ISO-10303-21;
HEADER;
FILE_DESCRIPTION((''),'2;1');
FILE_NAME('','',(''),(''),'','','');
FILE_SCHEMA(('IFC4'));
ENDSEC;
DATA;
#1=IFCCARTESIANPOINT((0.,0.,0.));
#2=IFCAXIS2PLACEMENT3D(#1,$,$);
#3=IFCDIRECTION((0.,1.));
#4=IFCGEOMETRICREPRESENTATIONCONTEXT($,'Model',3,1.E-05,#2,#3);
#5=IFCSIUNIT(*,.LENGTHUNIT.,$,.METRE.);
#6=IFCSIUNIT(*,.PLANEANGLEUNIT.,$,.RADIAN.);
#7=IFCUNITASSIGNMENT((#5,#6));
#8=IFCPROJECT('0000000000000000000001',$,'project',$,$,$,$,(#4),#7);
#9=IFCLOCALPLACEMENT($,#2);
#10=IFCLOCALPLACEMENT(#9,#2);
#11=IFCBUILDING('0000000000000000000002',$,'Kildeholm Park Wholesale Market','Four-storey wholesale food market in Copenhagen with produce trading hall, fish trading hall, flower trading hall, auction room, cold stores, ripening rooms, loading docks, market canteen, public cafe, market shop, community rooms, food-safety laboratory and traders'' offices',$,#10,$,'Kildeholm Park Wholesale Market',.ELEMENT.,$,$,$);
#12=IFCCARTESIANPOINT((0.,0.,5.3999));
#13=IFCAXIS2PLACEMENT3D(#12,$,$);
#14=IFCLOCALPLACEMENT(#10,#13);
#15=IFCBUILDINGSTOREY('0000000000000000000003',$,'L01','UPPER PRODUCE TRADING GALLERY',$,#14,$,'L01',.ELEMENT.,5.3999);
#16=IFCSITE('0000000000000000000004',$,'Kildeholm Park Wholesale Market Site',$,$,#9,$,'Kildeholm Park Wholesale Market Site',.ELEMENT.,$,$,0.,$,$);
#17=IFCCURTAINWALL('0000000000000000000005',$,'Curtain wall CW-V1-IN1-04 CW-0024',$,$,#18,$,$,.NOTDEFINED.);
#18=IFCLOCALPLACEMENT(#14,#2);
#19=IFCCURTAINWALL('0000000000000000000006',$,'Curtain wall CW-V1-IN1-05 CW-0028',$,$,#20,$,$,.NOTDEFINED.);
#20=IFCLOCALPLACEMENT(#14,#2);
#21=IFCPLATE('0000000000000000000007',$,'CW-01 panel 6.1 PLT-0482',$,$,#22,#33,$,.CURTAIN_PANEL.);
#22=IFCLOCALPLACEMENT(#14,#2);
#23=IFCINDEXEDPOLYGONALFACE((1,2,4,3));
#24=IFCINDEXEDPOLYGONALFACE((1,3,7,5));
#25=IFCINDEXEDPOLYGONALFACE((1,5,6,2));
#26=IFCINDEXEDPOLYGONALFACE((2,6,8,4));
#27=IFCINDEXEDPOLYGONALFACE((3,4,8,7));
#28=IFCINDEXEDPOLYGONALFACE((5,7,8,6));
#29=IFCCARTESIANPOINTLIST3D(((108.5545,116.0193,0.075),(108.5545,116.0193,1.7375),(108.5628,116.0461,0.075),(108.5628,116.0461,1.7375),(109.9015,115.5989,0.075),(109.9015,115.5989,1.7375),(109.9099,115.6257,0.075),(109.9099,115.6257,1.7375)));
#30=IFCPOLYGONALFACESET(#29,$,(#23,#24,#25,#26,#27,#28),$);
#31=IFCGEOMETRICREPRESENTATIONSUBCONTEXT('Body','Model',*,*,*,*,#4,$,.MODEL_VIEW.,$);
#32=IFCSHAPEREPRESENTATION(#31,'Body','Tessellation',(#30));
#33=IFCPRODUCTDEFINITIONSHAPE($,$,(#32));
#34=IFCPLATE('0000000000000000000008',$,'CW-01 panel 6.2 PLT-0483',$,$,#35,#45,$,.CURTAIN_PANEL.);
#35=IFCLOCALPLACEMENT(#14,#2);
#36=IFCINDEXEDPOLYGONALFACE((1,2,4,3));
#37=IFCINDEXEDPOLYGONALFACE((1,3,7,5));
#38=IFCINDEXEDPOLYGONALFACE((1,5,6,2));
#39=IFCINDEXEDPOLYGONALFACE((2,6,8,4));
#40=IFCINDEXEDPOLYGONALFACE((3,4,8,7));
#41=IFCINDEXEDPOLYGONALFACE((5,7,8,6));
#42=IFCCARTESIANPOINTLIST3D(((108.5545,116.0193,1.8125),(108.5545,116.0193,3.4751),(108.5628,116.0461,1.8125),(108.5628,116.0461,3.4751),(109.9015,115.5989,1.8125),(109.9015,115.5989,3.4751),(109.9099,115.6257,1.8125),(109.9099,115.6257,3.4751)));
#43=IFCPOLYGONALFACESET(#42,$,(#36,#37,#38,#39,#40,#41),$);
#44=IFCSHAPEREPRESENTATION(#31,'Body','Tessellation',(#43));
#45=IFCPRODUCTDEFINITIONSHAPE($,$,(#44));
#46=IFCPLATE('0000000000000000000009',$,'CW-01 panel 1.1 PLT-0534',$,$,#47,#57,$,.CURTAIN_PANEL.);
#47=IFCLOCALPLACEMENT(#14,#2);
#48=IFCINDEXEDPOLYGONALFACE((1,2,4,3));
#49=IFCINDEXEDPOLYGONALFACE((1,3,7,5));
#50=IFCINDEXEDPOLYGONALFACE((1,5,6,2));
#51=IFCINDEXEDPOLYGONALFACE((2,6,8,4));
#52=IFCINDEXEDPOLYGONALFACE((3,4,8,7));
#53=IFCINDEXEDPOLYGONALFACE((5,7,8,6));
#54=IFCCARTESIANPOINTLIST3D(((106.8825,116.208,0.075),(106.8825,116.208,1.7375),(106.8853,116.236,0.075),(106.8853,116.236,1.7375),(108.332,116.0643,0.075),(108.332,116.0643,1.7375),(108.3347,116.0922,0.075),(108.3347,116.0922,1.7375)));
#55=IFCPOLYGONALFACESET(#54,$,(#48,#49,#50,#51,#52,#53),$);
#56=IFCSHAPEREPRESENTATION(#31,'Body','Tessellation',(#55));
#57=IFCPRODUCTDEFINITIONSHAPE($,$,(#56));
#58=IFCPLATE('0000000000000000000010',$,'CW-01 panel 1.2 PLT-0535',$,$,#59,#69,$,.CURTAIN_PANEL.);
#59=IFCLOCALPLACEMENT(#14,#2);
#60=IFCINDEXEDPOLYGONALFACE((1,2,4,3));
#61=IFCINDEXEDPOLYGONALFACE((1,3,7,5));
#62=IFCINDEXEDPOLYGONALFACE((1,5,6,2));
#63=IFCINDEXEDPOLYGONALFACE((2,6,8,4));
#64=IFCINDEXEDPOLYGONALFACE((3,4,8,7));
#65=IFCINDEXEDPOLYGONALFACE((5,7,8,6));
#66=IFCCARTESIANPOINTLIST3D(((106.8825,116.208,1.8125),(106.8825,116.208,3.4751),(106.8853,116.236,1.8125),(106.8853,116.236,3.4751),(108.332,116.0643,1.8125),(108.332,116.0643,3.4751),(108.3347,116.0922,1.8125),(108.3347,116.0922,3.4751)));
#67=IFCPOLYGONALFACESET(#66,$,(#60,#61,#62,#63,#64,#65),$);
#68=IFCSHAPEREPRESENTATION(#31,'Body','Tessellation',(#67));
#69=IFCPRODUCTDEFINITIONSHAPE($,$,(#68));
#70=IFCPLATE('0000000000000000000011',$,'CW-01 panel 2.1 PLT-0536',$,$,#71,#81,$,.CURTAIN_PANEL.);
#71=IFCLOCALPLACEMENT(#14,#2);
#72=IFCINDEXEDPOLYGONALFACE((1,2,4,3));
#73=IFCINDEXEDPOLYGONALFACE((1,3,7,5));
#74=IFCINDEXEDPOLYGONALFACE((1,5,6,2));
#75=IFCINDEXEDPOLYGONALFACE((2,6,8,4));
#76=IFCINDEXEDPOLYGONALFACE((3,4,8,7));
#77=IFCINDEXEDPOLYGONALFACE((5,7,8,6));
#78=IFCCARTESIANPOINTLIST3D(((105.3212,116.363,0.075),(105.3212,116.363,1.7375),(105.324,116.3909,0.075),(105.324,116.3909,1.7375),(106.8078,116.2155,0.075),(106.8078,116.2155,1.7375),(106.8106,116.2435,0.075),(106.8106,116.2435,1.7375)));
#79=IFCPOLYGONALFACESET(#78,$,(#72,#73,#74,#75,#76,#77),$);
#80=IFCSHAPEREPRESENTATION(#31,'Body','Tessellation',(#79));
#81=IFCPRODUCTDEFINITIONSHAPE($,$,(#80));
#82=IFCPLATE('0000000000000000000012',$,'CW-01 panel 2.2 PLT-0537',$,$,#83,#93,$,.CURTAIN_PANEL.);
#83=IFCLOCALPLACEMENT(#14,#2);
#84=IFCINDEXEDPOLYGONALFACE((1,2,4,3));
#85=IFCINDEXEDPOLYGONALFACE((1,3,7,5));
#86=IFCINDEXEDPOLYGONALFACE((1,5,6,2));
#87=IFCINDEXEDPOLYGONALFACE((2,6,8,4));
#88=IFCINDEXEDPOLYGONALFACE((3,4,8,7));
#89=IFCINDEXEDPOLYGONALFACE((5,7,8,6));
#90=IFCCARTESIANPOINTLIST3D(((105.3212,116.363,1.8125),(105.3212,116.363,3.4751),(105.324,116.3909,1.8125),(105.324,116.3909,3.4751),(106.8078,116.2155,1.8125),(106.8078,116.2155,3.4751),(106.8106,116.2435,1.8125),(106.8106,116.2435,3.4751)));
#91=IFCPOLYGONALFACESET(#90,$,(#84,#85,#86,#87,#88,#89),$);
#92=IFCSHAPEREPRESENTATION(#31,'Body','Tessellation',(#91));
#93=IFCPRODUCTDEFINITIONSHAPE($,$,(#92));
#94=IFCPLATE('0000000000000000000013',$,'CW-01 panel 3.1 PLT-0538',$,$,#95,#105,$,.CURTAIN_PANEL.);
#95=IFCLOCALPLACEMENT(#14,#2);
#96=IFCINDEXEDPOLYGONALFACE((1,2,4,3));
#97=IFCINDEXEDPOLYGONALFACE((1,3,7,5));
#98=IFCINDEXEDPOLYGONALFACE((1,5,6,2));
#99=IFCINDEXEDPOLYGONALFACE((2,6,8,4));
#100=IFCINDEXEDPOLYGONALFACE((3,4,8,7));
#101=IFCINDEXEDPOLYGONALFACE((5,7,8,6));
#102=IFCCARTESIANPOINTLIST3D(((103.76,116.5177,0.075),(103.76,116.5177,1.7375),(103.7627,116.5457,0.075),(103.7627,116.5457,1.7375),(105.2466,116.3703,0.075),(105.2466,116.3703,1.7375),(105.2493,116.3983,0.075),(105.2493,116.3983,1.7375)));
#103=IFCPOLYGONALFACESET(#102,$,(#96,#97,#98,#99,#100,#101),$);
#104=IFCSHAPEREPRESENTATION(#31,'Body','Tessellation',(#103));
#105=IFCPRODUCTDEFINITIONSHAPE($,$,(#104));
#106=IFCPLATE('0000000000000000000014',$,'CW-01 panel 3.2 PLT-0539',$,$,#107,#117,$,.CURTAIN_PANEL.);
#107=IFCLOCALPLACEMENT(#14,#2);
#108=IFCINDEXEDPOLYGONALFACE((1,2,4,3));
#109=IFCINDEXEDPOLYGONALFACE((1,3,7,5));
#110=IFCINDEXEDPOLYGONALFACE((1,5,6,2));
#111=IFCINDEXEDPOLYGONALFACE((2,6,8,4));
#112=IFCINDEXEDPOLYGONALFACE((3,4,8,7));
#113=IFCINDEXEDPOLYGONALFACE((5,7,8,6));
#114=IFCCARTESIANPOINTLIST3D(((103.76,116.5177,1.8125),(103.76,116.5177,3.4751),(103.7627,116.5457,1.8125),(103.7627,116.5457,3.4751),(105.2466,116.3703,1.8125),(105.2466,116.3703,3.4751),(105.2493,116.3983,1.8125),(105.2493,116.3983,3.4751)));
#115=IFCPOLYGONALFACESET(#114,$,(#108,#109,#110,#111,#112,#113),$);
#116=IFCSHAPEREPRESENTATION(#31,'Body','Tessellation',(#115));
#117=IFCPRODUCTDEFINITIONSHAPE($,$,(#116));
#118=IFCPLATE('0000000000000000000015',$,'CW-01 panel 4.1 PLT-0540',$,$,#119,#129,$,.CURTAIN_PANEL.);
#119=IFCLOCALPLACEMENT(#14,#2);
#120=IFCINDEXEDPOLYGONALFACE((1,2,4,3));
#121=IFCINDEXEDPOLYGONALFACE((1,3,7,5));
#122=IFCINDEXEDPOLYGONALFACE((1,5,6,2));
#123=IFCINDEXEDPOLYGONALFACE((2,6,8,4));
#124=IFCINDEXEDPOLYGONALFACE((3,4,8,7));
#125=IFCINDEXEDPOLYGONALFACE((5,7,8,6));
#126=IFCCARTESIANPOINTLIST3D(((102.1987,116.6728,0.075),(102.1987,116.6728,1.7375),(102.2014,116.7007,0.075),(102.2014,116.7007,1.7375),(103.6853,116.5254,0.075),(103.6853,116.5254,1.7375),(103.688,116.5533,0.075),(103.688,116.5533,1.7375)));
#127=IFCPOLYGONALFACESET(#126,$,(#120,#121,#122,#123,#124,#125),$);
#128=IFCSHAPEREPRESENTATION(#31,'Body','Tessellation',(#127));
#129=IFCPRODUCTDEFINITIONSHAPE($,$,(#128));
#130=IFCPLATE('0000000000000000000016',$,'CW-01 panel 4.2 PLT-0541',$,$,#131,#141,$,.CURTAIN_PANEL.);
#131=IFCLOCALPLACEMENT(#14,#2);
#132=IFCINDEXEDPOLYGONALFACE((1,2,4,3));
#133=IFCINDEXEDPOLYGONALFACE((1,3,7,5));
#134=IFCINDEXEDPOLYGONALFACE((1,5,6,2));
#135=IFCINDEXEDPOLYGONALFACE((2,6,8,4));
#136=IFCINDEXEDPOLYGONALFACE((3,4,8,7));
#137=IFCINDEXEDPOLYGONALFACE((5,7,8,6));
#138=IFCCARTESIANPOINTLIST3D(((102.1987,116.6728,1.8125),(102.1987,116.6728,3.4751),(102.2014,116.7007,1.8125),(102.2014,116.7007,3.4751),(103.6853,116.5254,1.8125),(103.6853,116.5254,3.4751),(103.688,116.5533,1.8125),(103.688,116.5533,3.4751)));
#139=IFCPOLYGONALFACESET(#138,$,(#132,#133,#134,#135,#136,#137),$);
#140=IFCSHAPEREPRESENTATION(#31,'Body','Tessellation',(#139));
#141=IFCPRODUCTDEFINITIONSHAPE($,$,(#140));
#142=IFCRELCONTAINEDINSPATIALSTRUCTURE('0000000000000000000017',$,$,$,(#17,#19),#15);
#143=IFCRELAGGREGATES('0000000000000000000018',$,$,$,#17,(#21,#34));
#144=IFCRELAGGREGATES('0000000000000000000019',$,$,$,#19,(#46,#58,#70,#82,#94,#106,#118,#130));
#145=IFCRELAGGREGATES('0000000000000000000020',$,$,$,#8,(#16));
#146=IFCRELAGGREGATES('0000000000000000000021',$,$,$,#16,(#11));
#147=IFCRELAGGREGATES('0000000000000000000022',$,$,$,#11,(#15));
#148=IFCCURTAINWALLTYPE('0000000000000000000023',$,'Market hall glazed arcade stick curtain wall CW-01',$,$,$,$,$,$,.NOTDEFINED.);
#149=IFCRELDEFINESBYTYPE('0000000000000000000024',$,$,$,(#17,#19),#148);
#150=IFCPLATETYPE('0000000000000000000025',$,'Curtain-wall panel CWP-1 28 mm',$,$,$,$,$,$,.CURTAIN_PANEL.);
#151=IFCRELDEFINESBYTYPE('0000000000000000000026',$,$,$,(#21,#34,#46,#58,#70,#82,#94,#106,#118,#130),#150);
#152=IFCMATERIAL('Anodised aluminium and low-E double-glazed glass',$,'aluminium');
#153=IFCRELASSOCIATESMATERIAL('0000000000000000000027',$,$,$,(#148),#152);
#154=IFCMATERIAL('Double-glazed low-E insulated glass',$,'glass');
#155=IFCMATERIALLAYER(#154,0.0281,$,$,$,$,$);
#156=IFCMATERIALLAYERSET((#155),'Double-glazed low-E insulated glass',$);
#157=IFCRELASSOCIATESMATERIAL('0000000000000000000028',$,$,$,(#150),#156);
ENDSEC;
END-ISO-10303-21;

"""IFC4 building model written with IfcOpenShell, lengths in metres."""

from ifc_helpers import new_model, si_unit, direction, frame, origin, origin_2d, place, context, subcontext, project, spatial, rectangle, extrude, material, layer, layer_set, type_object, element, aggregate, save


model = new_model("IFC4")

# Units and contexts
model_context = context("Model", 3, precision=1e-05, world=origin(), true_north=direction((0.0, 1.0)))
body_context = subcontext(model_context, "Body", "Model", "MODEL_VIEW")
ifc_project = project(units=[si_unit("LENGTHUNIT", "METRE"), si_unit("PLANEANGLEUNIT", "RADIAN")], contexts=[model_context])

# Site, building, storey
site_placement = place(None, origin())
site = spatial("IfcSite", under=ifc_project, at=site_placement, Name="Kildeholm Park Wholesale Market Site", LongName="Kildeholm Park Wholesale Market Site", CompositionType="ELEMENT", RefElevation=0.0)
building_placement = place(site_placement, origin())
building = spatial("IfcBuilding", under=site, at=building_placement, Name="Kildeholm Park Wholesale Market", Description="Four-storey wholesale food market in Copenhagen with produce trading hall, fish trading hall, flower trading hall, auction room, cold stores, ripening rooms, loading docks, market canteen, public cafe, market shop, community rooms, food-safety laboratory and traders' offices", LongName="Kildeholm Park Wholesale Market", CompositionType="ELEMENT")
storey_placement = place(building_placement, frame((0.0, 0.0, 5.3999)))
storey = spatial("IfcBuildingStorey", under=building, at=storey_placement, Name="L01", Description="UPPER PRODUCE TRADING GALLERY", LongName="L01", CompositionType="ELEMENT", Elevation=5.3999)

# Curtain walls
ifc_material_1 = material(Name="Anodised aluminium and low-E double-glazed glass", Category="aluminium")
curtain_wall_type = type_object("IfcCurtainWallType", Name="Market hall glazed arcade stick curtain wall CW-01", PredefinedType="NOTDEFINED", material=ifc_material_1)
curtain_wall_1_placement = place(storey_placement, origin())
curtain_wall_1 = element("IfcCurtainWall", 1, at=curtain_wall_1_placement, inside=storey, type_object=curtain_wall_type, Name="Curtain wall CW-V1-IN1-04 CW-0024", PredefinedType="NOTDEFINED")
curtain_wall_2_placement = place(storey_placement, origin())
curtain_wall_2 = element("IfcCurtainWall", 2, at=curtain_wall_2_placement, inside=storey, type_object=curtain_wall_type, Name="Curtain wall CW-V1-IN1-05 CW-0028", PredefinedType="NOTDEFINED")

# Plates
ifc_material_2 = material(Name="Double-glazed low-E insulated glass", Category="glass")
ifc_layer = layer(ifc_material_2, 0.0281)
ifc_layer_set = layer_set([ifc_layer], Name="Double-glazed low-E insulated glass")
plate_type = type_object("IfcPlateType", Name="Curtain-wall panel CWP-1 28 mm", PredefinedType="CURTAIN_PANEL", material=ifc_layer_set)
plate_1_placement = place(storey_placement, frame((109.2322, 115.8225, 0.075), z_axis=(0.0, 0.0, 1.0), x_axis=(-0.954579, 0.297957, 0.0)))
plate_1 = element("IfcPlate", 3, at=plate_1_placement, type_object=plate_type, Name="CW-01 panel 6.1 PLT-0482", PredefinedType="CURTAIN_PANEL", context=body_context, shape_type="SweptSolid", body=[
    extrude(rectangle(XDim=1.4111, YDim=0.0281, at=origin_2d()), origin(), (0.0, 0.0, 1.0), 1.6626),
])
plate_2_placement = place(storey_placement, frame((109.2322, 115.8225, 1.8125), z_axis=(0.0, 0.0, 1.0), x_axis=(-0.954579, 0.297957, 0.0)))
plate_2 = element("IfcPlate", 4, at=plate_2_placement, type_object=plate_type, Name="CW-01 panel 6.2 PLT-0483", PredefinedType="CURTAIN_PANEL", context=body_context, shape_type="SweptSolid", body=[
    extrude(rectangle(XDim=1.4111, YDim=0.0281, at=origin_2d()), origin(), (0.0, 0.0, 1.0), 1.6626),
])
aggregate(curtain_wall_1, [plate_1, plate_2])
plate_3_placement = place(storey_placement, frame((107.6086, 116.1501, 0.075), z_axis=(0.0, 0.0, 1.0), x_axis=(-0.995119, 0.098683, 0.0)))
plate_3 = element("IfcPlate", 5, at=plate_3_placement, type_object=plate_type, Name="CW-01 panel 1.1 PLT-0534", PredefinedType="CURTAIN_PANEL", context=body_context, shape_type="SweptSolid", body=[
    extrude(rectangle(XDim=1.4565, YDim=0.0281, at=origin_2d()), origin(), (0.0, 0.0, 1.0), 1.6626),
])
plate_4_placement = place(storey_placement, frame((107.6086, 116.1501, 1.8125), z_axis=(0.0, 0.0, 1.0), x_axis=(-0.995119, 0.098683, 0.0)))
plate_4 = element("IfcPlate", 6, at=plate_4_placement, type_object=plate_type, Name="CW-01 panel 1.2 PLT-0535", PredefinedType="CURTAIN_PANEL", context=body_context, shape_type="SweptSolid", body=[
    extrude(rectangle(XDim=1.4565, YDim=0.0281, at=origin_2d()), origin(), (0.0, 0.0, 1.0), 1.6626),
])
plate_5_placement = place(storey_placement, frame((106.0659, 116.3032, 0.075), z_axis=(0.0, 0.0, 1.0), x_axis=(-0.995119, 0.098683, 0.0)))
plate_5 = element("IfcPlate", 7, at=plate_5_placement, type_object=plate_type, Name="CW-01 panel 2.1 PLT-0536", PredefinedType="CURTAIN_PANEL", context=body_context, shape_type="SweptSolid", body=[
    extrude(rectangle(XDim=1.4939, YDim=0.0281, at=origin_2d()), origin(), (0.0, 0.0, 1.0), 1.6626),
])
plate_6_placement = place(storey_placement, frame((106.0659, 116.3032, 1.8125), z_axis=(0.0, 0.0, 1.0), x_axis=(-0.995119, 0.098683, 0.0)))
plate_6 = element("IfcPlate", 8, at=plate_6_placement, type_object=plate_type, Name="CW-01 panel 2.2 PLT-0537", PredefinedType="CURTAIN_PANEL", context=body_context, shape_type="SweptSolid", body=[
    extrude(rectangle(XDim=1.4939, YDim=0.0281, at=origin_2d()), origin(), (0.0, 0.0, 1.0), 1.6626),
])
plate_7_placement = place(storey_placement, frame((104.5046, 116.458, 0.075), z_axis=(0.0, 0.0, 1.0), x_axis=(-0.995119, 0.098683, 0.0)))
plate_7 = element("IfcPlate", 9, at=plate_7_placement, type_object=plate_type, Name="CW-01 panel 3.1 PLT-0538", PredefinedType="CURTAIN_PANEL", context=body_context, shape_type="SweptSolid", body=[
    extrude(rectangle(XDim=1.4939, YDim=0.0281, at=origin_2d()), origin(), (0.0, 0.0, 1.0), 1.6626),
])
plate_8_placement = place(storey_placement, frame((104.5046, 116.458, 1.8125), z_axis=(0.0, 0.0, 1.0), x_axis=(-0.995119, 0.098683, 0.0)))
plate_8 = element("IfcPlate", 10, at=plate_8_placement, type_object=plate_type, Name="CW-01 panel 3.2 PLT-0539", PredefinedType="CURTAIN_PANEL", context=body_context, shape_type="SweptSolid", body=[
    extrude(rectangle(XDim=1.4939, YDim=0.0281, at=origin_2d()), origin(), (0.0, 0.0, 1.0), 1.6626),
])
plate_9_placement = place(storey_placement, frame((102.9434, 116.613, 0.075), z_axis=(0.0, 0.0, 1.0), x_axis=(-0.995119, 0.098683, 0.0)))
plate_9 = element("IfcPlate", 11, at=plate_9_placement, type_object=plate_type, Name="CW-01 panel 4.1 PLT-0540", PredefinedType="CURTAIN_PANEL", context=body_context, shape_type="SweptSolid", body=[
    extrude(rectangle(XDim=1.4939, YDim=0.0281, at=origin_2d()), origin(), (0.0, 0.0, 1.0), 1.6626),
])
plate_10_placement = place(storey_placement, frame((102.9434, 116.613, 1.8125), z_axis=(0.0, 0.0, 1.0), x_axis=(-0.995119, 0.098683, 0.0)))
plate_10 = element("IfcPlate", 12, at=plate_10_placement, type_object=plate_type, Name="CW-01 panel 4.2 PLT-0541", PredefinedType="CURTAIN_PANEL", context=body_context, shape_type="SweptSolid", body=[
    extrude(rectangle(XDim=1.4939, YDim=0.0281, at=origin_2d()), origin(), (0.0, 0.0, 1.0), 1.6626),
])
aggregate(curtain_wall_2, [plate_3, plate_4, plate_5, plate_6, plate_7, plate_8, plate_9, plate_10])

save(model, "model.ifc")
